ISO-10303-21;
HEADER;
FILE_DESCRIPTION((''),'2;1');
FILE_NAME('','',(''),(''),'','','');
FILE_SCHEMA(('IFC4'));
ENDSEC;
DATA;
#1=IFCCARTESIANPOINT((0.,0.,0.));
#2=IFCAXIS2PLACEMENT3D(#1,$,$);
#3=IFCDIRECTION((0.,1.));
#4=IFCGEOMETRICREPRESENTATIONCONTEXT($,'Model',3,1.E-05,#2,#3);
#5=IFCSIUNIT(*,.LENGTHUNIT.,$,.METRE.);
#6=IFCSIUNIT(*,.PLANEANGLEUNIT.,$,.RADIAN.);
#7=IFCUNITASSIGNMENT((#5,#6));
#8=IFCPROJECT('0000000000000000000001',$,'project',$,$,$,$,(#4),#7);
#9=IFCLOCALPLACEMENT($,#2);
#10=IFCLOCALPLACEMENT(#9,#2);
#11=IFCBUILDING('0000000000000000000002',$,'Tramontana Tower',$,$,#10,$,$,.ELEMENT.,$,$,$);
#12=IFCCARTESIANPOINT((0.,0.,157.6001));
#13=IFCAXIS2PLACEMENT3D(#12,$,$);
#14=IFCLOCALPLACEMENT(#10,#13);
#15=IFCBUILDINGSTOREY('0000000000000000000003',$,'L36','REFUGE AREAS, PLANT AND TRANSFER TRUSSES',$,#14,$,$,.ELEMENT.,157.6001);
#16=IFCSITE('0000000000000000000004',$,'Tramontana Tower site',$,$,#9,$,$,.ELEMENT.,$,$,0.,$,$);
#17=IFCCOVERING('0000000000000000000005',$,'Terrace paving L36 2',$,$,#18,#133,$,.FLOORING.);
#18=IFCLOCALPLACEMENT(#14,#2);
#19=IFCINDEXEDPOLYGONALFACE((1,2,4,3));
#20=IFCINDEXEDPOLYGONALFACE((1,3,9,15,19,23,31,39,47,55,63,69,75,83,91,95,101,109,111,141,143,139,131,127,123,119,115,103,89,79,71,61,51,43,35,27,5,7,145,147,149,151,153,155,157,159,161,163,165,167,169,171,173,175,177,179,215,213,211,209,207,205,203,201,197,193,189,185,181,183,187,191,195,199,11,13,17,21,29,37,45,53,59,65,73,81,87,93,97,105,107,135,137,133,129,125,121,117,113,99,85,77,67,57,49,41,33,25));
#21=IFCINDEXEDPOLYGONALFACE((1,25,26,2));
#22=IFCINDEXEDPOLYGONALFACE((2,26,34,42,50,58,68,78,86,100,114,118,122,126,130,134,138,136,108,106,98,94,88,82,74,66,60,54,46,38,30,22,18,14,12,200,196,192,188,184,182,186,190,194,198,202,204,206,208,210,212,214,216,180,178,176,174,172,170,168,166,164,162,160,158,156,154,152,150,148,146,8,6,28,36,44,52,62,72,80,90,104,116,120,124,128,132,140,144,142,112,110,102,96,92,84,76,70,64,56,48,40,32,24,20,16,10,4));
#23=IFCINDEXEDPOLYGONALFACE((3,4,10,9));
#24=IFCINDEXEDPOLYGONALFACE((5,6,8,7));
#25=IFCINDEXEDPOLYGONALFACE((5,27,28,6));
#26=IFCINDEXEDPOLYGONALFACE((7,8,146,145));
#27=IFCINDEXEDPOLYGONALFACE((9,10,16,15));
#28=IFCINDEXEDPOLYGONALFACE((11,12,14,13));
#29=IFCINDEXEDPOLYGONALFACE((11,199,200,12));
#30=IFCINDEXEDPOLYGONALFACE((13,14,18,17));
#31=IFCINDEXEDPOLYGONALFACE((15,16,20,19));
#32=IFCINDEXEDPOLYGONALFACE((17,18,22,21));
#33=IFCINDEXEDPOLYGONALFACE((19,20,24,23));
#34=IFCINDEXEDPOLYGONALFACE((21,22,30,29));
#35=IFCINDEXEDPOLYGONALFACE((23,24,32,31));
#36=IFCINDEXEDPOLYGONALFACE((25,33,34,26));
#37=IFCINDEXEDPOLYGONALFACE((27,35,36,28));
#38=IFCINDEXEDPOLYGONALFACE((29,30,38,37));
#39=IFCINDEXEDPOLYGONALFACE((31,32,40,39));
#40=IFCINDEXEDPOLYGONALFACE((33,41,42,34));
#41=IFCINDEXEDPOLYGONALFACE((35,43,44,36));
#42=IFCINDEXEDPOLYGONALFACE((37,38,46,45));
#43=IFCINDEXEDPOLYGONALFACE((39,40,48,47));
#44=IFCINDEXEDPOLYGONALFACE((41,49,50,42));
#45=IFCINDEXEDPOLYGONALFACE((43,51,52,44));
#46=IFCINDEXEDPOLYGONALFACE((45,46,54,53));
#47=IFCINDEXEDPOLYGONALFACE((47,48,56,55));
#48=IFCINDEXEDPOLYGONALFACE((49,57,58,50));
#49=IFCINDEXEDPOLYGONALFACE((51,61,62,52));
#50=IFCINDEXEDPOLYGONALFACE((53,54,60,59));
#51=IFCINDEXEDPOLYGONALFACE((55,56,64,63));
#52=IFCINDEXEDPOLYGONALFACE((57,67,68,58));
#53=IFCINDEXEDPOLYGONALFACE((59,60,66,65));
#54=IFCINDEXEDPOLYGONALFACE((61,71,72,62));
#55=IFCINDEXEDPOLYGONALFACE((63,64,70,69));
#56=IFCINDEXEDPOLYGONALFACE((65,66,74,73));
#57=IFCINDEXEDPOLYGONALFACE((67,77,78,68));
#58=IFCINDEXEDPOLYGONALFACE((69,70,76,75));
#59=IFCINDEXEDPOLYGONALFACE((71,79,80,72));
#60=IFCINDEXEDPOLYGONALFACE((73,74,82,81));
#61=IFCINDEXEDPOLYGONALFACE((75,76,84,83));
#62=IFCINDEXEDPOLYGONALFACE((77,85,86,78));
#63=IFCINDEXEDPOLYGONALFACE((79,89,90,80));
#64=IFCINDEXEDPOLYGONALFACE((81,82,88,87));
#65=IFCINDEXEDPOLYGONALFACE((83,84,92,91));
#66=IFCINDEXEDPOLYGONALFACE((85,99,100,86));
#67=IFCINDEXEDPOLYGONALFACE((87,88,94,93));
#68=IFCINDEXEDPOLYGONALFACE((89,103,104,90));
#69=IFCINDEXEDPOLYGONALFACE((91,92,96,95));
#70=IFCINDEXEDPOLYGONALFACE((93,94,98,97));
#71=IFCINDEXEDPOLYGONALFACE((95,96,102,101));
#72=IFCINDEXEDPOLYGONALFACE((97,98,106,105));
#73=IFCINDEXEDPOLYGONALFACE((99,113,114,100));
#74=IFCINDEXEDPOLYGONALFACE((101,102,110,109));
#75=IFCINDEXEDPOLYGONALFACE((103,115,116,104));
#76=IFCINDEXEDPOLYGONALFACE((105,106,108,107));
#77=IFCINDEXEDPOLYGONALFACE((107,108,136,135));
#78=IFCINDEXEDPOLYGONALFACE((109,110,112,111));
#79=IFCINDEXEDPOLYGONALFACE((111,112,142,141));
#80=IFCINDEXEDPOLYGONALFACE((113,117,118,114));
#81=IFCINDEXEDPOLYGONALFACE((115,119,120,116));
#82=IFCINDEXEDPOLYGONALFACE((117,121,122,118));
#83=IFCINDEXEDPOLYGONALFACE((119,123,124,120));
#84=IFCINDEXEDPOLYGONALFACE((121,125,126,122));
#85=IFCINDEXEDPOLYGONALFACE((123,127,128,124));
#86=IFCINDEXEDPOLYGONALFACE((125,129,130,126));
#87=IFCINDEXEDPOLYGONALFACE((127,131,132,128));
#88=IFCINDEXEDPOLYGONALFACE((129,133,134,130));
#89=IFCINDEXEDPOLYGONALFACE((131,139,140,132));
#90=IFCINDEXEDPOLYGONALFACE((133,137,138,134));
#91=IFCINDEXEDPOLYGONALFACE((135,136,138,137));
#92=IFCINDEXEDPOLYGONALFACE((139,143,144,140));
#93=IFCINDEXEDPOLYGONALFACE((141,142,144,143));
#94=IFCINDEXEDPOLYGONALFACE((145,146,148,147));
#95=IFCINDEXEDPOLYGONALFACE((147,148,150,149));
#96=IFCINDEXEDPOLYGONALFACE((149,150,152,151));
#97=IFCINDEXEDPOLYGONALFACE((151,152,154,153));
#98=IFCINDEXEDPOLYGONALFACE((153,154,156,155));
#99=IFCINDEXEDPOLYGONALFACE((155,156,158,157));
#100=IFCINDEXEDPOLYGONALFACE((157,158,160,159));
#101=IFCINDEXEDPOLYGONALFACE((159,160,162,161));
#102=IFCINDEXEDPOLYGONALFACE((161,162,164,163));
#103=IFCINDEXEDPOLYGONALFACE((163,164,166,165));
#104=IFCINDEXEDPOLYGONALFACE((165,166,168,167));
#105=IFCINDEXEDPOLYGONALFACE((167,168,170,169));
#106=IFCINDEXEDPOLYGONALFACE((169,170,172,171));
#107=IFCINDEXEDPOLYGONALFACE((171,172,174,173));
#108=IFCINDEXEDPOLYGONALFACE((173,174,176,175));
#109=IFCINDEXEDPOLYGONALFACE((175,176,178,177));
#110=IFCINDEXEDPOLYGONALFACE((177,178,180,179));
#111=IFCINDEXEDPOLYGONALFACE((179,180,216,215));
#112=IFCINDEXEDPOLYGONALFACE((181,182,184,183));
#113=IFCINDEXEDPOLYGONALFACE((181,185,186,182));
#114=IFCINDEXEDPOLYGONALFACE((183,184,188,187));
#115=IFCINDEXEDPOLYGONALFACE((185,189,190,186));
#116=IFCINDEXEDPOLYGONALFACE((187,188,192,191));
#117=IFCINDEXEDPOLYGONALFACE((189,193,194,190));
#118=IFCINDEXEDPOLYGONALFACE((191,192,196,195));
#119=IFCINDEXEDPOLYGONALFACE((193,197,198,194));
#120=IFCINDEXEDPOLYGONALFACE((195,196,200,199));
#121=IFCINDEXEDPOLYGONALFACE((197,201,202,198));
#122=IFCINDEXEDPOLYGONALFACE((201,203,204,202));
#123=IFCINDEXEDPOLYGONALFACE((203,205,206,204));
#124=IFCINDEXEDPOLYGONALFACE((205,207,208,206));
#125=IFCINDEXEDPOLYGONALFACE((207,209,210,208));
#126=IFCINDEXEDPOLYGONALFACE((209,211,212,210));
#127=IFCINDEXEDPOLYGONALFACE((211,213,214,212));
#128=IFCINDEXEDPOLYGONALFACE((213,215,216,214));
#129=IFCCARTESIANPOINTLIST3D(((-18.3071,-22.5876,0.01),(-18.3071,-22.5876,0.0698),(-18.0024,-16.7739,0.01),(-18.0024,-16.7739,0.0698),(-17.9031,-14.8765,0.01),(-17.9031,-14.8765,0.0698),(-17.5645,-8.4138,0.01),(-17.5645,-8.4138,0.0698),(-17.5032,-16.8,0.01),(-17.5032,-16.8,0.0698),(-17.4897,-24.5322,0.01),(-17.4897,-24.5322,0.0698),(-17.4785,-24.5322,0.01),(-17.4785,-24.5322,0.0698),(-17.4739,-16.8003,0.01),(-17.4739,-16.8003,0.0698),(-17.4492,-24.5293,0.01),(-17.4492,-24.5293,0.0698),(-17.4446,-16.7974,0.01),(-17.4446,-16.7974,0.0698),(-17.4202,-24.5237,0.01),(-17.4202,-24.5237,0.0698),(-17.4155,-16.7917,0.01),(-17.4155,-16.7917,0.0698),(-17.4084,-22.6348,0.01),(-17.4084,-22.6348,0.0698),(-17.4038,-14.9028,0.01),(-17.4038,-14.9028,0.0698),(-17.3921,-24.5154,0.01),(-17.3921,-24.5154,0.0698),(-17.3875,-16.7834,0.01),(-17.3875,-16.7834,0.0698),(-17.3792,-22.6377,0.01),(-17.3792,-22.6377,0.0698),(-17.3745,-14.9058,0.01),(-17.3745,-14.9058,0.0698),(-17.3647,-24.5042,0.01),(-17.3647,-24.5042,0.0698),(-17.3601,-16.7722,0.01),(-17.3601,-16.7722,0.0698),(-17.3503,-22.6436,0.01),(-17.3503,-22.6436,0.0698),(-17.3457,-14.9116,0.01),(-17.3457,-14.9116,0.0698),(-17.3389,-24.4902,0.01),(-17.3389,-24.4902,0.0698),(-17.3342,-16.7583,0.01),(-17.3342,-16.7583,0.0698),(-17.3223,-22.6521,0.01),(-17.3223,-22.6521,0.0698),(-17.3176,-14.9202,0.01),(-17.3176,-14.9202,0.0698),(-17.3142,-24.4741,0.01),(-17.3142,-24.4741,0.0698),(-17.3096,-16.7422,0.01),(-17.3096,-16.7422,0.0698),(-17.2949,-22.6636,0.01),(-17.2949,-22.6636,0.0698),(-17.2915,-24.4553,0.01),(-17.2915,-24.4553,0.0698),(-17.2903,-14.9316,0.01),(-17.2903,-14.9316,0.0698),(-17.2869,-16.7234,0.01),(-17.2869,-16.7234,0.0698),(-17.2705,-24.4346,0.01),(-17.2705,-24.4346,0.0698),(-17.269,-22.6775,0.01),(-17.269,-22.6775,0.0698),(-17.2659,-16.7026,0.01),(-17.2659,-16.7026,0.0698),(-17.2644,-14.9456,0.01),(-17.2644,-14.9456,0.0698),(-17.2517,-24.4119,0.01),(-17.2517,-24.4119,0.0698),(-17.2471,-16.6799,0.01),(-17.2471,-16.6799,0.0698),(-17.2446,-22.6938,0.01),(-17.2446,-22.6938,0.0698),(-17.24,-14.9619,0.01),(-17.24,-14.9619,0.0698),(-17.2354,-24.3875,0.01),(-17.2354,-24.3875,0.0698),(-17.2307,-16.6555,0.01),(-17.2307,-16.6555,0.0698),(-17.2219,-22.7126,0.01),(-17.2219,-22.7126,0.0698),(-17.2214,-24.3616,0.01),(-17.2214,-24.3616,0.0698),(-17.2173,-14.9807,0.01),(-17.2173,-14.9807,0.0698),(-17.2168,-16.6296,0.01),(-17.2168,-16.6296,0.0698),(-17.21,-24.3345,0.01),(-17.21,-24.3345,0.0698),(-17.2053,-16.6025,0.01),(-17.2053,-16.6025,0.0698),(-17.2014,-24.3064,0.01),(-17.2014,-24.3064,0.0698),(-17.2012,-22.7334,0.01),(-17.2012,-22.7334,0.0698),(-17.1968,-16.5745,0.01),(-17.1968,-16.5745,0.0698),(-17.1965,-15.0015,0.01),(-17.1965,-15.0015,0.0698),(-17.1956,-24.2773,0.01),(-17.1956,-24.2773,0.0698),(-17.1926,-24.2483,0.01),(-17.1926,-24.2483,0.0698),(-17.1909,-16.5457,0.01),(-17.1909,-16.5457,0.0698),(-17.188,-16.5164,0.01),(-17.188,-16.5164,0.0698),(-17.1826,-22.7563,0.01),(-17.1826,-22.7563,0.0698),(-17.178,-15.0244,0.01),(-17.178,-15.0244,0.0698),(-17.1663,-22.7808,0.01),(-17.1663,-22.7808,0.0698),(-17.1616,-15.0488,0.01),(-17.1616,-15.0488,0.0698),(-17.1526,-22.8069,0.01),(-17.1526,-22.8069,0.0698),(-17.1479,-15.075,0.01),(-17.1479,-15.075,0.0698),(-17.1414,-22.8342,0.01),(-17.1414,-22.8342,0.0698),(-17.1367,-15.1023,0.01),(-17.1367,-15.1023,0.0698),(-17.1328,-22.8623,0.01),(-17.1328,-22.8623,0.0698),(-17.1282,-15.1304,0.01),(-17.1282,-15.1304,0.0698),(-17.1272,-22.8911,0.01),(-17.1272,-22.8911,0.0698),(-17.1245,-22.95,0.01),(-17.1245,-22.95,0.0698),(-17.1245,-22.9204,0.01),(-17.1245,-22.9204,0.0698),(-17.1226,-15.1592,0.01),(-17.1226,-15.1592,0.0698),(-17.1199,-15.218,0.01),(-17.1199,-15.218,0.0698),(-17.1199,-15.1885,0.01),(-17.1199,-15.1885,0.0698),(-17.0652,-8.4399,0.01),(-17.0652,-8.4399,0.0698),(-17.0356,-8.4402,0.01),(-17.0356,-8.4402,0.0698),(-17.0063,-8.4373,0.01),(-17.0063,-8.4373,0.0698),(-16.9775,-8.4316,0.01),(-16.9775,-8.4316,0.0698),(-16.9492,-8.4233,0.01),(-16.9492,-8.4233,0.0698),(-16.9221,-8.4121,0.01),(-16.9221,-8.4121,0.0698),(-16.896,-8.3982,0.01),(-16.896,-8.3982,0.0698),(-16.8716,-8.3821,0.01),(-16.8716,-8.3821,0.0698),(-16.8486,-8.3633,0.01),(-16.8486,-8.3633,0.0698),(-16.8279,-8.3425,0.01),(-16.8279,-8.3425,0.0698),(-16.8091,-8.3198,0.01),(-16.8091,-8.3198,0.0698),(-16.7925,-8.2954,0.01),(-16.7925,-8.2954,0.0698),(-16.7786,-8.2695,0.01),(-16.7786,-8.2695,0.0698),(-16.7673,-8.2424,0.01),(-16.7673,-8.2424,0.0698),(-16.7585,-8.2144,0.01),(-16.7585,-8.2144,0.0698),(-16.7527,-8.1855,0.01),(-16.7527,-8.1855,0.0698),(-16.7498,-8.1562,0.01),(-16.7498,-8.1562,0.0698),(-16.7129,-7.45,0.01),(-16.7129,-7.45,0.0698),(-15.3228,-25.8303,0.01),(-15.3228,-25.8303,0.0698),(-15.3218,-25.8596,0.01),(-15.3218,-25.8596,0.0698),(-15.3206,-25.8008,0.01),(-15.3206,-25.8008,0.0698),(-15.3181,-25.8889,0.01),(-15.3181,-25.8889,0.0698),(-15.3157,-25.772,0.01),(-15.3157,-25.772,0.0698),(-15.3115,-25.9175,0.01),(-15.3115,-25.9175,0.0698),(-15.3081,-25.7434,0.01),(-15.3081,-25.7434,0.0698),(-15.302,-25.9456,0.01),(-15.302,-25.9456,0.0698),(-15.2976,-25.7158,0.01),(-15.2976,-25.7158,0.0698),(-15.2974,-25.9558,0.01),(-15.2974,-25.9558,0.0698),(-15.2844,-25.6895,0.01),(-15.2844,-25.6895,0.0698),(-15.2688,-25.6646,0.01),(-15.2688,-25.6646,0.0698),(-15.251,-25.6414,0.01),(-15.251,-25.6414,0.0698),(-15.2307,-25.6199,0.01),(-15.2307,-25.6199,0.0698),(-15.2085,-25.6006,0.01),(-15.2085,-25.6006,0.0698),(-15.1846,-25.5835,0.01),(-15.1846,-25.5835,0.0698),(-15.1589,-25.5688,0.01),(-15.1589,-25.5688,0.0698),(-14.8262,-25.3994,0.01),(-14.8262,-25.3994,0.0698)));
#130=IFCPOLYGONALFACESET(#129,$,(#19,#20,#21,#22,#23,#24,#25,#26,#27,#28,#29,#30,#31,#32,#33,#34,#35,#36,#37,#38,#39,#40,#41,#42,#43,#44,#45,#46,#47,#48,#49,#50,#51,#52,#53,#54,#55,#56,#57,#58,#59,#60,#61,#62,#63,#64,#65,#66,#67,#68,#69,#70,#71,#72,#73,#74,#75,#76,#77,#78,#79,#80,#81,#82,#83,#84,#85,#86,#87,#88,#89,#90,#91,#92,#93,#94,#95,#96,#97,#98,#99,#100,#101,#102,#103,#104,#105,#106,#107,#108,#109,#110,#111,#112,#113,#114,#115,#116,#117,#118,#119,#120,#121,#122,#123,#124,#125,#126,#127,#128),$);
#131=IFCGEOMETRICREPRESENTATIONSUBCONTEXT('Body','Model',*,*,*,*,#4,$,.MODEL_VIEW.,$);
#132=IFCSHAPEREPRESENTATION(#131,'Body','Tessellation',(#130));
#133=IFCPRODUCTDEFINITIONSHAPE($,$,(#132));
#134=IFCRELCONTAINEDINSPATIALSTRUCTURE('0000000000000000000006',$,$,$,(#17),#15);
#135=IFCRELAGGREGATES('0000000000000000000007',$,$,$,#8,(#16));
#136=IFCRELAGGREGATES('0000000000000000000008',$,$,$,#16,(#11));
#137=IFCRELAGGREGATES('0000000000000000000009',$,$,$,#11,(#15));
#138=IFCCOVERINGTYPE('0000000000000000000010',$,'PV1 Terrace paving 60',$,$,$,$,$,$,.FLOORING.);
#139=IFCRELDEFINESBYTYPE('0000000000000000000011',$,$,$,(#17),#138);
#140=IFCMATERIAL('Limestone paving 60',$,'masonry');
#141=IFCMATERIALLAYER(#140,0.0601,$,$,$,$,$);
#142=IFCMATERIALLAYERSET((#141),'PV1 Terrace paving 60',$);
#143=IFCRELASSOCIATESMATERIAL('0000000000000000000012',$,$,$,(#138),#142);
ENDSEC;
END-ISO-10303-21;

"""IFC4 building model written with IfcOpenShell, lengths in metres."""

from ifc_helpers import new_model, si_unit, direction, frame, origin, place, context, subcontext, project, spatial, polyline, outline, extrude, material, layer, layer_set, type_object, element, save


model = new_model("IFC4")

# Units and contexts
model_context = context("Model", 3, precision=1e-05, world=origin(), true_north=direction((0.0, 1.0)))
body_context = subcontext(model_context, "Body", "Model", "MODEL_VIEW")
ifc_project = project(units=[si_unit("LENGTHUNIT", "METRE"), si_unit("PLANEANGLEUNIT", "RADIAN")], contexts=[model_context])

# Site, building, storey
site_placement = place(None, origin())
site = spatial("IfcSite", under=ifc_project, at=site_placement, Name="Tramontana Tower site", CompositionType="ELEMENT", RefElevation=0.0)
building_placement = place(site_placement, origin())
building = spatial("IfcBuilding", under=site, at=building_placement, Name="Tramontana Tower", CompositionType="ELEMENT")
storey_placement = place(building_placement, frame((0.0, 0.0, 157.6001)))
storey = spatial("IfcBuildingStorey", under=building, at=storey_placement, Name="L36", Description="REFUGE AREAS, PLANT AND TRANSFER TRUSSES", CompositionType="ELEMENT", Elevation=157.6001)

# Covering
ifc_material_1 = material(Name="Limestone paving 60", Category="masonry")
ifc_layer_1 = layer(ifc_material_1, 0.0601)
ifc_layer_set_1 = layer_set([ifc_layer_1], Name="PV1 Terrace paving 60")
covering_type_1 = type_object("IfcCoveringType", Name="PV1 Terrace paving 60", PredefinedType="FLOORING", material=ifc_layer_set_1)
covering_1_placement = place(storey_placement, frame((0.0, 0.0, 0.01)))
element("IfcCovering", 1, at=covering_1_placement, inside=storey, type_object=covering_type_1, Name="Terrace paving L36 2", PredefinedType="FLOORING", context=body_context, shape_type="SweptSolid", body=[
    extrude(outline(polyline([(-17.4897, -24.5322), (-17.4785, -24.5322), (-17.4492, -24.5293), (-17.4202, -24.5237), (-17.3921, -24.5154), (-17.3647, -24.5042), (-17.3389, -24.4902), (-17.3142, -24.4741), (-17.2915, -24.4553), (-17.2705, -24.4346), (-17.2517, -24.4119), (-17.2354, -24.3875), (-17.2214, -24.3616), (-17.21, -24.3345), (-17.2014, -24.3064), (-17.1956, -24.2773), (-17.1926, -24.2483), (-17.1245, -22.95), (-17.1245, -22.9204), (-17.1272, -22.8911), (-17.1328, -22.8623), (-17.1414, -22.8342), (-17.1526, -22.8069), (-17.1663, -22.7808), (-17.1826, -22.7563), (-17.2012, -22.7334), (-17.2219, -22.7126), (-17.2446, -22.6938), (-17.269, -22.6775), (-17.2949, -22.6636), (-17.3223, -22.6521), (-17.3503, -22.6436), (-17.3792, -22.6377), (-17.4084, -22.6348), (-18.3071, -22.5876), (-18.0024, -16.7739), (-17.5032, -16.8), (-17.4739, -16.8003), (-17.4446, -16.7974), (-17.4155, -16.7917), (-17.3875, -16.7834), (-17.3601, -16.7722), (-17.3342, -16.7583), (-17.3096, -16.7422), (-17.2869, -16.7234), (-17.2659, -16.7026), (-17.2471, -16.6799), (-17.2307, -16.6555), (-17.2168, -16.6296), (-17.2053, -16.6025), (-17.1968, -16.5745), (-17.1909, -16.5457), (-17.188, -16.5164), (-17.1199, -15.218), (-17.1199, -15.1885), (-17.1226, -15.1592), (-17.1282, -15.1304), (-17.1367, -15.1023), (-17.1479, -15.075), (-17.1616, -15.0488), (-17.178, -15.0244), (-17.1965, -15.0015), (-17.2173, -14.9807), (-17.24, -14.9619), (-17.2644, -14.9456), (-17.2903, -14.9316), (-17.3176, -14.9202), (-17.3457, -14.9116), (-17.3745, -14.9058), (-17.4038, -14.9028), (-17.9031, -14.8765), (-17.5645, -8.4138), (-17.0652, -8.4399), (-17.0356, -8.4402), (-17.0063, -8.4373), (-16.9775, -8.4316), (-16.9492, -8.4233), (-16.9221, -8.4121), (-16.896, -8.3982), (-16.8716, -8.3821), (-16.8486, -8.3633), (-16.8279, -8.3425), (-16.8091, -8.3198), (-16.7925, -8.2954), (-16.7786, -8.2695), (-16.7673, -8.2424), (-16.7585, -8.2144), (-16.7527, -8.1855), (-16.7498, -8.1562), (-16.7129, -7.45), (-14.8262, -25.3994), (-15.1589, -25.5688), (-15.1846, -25.5835), (-15.2085, -25.6006), (-15.2307, -25.6199), (-15.251, -25.6414), (-15.2688, -25.6646), (-15.2844, -25.6895), (-15.2976, -25.7158), (-15.3081, -25.7434), (-15.3157, -25.772), (-15.3206, -25.8008), (-15.3228, -25.8303), (-15.3218, -25.8596), (-15.3181, -25.8889), (-15.3115, -25.9175), (-15.302, -25.9456), (-15.2974, -25.9558), (-17.4897, -24.5322)])), origin(), (0.0, 0.0, 1.0), 0.0598),
])

save(model, "model.ifc")
